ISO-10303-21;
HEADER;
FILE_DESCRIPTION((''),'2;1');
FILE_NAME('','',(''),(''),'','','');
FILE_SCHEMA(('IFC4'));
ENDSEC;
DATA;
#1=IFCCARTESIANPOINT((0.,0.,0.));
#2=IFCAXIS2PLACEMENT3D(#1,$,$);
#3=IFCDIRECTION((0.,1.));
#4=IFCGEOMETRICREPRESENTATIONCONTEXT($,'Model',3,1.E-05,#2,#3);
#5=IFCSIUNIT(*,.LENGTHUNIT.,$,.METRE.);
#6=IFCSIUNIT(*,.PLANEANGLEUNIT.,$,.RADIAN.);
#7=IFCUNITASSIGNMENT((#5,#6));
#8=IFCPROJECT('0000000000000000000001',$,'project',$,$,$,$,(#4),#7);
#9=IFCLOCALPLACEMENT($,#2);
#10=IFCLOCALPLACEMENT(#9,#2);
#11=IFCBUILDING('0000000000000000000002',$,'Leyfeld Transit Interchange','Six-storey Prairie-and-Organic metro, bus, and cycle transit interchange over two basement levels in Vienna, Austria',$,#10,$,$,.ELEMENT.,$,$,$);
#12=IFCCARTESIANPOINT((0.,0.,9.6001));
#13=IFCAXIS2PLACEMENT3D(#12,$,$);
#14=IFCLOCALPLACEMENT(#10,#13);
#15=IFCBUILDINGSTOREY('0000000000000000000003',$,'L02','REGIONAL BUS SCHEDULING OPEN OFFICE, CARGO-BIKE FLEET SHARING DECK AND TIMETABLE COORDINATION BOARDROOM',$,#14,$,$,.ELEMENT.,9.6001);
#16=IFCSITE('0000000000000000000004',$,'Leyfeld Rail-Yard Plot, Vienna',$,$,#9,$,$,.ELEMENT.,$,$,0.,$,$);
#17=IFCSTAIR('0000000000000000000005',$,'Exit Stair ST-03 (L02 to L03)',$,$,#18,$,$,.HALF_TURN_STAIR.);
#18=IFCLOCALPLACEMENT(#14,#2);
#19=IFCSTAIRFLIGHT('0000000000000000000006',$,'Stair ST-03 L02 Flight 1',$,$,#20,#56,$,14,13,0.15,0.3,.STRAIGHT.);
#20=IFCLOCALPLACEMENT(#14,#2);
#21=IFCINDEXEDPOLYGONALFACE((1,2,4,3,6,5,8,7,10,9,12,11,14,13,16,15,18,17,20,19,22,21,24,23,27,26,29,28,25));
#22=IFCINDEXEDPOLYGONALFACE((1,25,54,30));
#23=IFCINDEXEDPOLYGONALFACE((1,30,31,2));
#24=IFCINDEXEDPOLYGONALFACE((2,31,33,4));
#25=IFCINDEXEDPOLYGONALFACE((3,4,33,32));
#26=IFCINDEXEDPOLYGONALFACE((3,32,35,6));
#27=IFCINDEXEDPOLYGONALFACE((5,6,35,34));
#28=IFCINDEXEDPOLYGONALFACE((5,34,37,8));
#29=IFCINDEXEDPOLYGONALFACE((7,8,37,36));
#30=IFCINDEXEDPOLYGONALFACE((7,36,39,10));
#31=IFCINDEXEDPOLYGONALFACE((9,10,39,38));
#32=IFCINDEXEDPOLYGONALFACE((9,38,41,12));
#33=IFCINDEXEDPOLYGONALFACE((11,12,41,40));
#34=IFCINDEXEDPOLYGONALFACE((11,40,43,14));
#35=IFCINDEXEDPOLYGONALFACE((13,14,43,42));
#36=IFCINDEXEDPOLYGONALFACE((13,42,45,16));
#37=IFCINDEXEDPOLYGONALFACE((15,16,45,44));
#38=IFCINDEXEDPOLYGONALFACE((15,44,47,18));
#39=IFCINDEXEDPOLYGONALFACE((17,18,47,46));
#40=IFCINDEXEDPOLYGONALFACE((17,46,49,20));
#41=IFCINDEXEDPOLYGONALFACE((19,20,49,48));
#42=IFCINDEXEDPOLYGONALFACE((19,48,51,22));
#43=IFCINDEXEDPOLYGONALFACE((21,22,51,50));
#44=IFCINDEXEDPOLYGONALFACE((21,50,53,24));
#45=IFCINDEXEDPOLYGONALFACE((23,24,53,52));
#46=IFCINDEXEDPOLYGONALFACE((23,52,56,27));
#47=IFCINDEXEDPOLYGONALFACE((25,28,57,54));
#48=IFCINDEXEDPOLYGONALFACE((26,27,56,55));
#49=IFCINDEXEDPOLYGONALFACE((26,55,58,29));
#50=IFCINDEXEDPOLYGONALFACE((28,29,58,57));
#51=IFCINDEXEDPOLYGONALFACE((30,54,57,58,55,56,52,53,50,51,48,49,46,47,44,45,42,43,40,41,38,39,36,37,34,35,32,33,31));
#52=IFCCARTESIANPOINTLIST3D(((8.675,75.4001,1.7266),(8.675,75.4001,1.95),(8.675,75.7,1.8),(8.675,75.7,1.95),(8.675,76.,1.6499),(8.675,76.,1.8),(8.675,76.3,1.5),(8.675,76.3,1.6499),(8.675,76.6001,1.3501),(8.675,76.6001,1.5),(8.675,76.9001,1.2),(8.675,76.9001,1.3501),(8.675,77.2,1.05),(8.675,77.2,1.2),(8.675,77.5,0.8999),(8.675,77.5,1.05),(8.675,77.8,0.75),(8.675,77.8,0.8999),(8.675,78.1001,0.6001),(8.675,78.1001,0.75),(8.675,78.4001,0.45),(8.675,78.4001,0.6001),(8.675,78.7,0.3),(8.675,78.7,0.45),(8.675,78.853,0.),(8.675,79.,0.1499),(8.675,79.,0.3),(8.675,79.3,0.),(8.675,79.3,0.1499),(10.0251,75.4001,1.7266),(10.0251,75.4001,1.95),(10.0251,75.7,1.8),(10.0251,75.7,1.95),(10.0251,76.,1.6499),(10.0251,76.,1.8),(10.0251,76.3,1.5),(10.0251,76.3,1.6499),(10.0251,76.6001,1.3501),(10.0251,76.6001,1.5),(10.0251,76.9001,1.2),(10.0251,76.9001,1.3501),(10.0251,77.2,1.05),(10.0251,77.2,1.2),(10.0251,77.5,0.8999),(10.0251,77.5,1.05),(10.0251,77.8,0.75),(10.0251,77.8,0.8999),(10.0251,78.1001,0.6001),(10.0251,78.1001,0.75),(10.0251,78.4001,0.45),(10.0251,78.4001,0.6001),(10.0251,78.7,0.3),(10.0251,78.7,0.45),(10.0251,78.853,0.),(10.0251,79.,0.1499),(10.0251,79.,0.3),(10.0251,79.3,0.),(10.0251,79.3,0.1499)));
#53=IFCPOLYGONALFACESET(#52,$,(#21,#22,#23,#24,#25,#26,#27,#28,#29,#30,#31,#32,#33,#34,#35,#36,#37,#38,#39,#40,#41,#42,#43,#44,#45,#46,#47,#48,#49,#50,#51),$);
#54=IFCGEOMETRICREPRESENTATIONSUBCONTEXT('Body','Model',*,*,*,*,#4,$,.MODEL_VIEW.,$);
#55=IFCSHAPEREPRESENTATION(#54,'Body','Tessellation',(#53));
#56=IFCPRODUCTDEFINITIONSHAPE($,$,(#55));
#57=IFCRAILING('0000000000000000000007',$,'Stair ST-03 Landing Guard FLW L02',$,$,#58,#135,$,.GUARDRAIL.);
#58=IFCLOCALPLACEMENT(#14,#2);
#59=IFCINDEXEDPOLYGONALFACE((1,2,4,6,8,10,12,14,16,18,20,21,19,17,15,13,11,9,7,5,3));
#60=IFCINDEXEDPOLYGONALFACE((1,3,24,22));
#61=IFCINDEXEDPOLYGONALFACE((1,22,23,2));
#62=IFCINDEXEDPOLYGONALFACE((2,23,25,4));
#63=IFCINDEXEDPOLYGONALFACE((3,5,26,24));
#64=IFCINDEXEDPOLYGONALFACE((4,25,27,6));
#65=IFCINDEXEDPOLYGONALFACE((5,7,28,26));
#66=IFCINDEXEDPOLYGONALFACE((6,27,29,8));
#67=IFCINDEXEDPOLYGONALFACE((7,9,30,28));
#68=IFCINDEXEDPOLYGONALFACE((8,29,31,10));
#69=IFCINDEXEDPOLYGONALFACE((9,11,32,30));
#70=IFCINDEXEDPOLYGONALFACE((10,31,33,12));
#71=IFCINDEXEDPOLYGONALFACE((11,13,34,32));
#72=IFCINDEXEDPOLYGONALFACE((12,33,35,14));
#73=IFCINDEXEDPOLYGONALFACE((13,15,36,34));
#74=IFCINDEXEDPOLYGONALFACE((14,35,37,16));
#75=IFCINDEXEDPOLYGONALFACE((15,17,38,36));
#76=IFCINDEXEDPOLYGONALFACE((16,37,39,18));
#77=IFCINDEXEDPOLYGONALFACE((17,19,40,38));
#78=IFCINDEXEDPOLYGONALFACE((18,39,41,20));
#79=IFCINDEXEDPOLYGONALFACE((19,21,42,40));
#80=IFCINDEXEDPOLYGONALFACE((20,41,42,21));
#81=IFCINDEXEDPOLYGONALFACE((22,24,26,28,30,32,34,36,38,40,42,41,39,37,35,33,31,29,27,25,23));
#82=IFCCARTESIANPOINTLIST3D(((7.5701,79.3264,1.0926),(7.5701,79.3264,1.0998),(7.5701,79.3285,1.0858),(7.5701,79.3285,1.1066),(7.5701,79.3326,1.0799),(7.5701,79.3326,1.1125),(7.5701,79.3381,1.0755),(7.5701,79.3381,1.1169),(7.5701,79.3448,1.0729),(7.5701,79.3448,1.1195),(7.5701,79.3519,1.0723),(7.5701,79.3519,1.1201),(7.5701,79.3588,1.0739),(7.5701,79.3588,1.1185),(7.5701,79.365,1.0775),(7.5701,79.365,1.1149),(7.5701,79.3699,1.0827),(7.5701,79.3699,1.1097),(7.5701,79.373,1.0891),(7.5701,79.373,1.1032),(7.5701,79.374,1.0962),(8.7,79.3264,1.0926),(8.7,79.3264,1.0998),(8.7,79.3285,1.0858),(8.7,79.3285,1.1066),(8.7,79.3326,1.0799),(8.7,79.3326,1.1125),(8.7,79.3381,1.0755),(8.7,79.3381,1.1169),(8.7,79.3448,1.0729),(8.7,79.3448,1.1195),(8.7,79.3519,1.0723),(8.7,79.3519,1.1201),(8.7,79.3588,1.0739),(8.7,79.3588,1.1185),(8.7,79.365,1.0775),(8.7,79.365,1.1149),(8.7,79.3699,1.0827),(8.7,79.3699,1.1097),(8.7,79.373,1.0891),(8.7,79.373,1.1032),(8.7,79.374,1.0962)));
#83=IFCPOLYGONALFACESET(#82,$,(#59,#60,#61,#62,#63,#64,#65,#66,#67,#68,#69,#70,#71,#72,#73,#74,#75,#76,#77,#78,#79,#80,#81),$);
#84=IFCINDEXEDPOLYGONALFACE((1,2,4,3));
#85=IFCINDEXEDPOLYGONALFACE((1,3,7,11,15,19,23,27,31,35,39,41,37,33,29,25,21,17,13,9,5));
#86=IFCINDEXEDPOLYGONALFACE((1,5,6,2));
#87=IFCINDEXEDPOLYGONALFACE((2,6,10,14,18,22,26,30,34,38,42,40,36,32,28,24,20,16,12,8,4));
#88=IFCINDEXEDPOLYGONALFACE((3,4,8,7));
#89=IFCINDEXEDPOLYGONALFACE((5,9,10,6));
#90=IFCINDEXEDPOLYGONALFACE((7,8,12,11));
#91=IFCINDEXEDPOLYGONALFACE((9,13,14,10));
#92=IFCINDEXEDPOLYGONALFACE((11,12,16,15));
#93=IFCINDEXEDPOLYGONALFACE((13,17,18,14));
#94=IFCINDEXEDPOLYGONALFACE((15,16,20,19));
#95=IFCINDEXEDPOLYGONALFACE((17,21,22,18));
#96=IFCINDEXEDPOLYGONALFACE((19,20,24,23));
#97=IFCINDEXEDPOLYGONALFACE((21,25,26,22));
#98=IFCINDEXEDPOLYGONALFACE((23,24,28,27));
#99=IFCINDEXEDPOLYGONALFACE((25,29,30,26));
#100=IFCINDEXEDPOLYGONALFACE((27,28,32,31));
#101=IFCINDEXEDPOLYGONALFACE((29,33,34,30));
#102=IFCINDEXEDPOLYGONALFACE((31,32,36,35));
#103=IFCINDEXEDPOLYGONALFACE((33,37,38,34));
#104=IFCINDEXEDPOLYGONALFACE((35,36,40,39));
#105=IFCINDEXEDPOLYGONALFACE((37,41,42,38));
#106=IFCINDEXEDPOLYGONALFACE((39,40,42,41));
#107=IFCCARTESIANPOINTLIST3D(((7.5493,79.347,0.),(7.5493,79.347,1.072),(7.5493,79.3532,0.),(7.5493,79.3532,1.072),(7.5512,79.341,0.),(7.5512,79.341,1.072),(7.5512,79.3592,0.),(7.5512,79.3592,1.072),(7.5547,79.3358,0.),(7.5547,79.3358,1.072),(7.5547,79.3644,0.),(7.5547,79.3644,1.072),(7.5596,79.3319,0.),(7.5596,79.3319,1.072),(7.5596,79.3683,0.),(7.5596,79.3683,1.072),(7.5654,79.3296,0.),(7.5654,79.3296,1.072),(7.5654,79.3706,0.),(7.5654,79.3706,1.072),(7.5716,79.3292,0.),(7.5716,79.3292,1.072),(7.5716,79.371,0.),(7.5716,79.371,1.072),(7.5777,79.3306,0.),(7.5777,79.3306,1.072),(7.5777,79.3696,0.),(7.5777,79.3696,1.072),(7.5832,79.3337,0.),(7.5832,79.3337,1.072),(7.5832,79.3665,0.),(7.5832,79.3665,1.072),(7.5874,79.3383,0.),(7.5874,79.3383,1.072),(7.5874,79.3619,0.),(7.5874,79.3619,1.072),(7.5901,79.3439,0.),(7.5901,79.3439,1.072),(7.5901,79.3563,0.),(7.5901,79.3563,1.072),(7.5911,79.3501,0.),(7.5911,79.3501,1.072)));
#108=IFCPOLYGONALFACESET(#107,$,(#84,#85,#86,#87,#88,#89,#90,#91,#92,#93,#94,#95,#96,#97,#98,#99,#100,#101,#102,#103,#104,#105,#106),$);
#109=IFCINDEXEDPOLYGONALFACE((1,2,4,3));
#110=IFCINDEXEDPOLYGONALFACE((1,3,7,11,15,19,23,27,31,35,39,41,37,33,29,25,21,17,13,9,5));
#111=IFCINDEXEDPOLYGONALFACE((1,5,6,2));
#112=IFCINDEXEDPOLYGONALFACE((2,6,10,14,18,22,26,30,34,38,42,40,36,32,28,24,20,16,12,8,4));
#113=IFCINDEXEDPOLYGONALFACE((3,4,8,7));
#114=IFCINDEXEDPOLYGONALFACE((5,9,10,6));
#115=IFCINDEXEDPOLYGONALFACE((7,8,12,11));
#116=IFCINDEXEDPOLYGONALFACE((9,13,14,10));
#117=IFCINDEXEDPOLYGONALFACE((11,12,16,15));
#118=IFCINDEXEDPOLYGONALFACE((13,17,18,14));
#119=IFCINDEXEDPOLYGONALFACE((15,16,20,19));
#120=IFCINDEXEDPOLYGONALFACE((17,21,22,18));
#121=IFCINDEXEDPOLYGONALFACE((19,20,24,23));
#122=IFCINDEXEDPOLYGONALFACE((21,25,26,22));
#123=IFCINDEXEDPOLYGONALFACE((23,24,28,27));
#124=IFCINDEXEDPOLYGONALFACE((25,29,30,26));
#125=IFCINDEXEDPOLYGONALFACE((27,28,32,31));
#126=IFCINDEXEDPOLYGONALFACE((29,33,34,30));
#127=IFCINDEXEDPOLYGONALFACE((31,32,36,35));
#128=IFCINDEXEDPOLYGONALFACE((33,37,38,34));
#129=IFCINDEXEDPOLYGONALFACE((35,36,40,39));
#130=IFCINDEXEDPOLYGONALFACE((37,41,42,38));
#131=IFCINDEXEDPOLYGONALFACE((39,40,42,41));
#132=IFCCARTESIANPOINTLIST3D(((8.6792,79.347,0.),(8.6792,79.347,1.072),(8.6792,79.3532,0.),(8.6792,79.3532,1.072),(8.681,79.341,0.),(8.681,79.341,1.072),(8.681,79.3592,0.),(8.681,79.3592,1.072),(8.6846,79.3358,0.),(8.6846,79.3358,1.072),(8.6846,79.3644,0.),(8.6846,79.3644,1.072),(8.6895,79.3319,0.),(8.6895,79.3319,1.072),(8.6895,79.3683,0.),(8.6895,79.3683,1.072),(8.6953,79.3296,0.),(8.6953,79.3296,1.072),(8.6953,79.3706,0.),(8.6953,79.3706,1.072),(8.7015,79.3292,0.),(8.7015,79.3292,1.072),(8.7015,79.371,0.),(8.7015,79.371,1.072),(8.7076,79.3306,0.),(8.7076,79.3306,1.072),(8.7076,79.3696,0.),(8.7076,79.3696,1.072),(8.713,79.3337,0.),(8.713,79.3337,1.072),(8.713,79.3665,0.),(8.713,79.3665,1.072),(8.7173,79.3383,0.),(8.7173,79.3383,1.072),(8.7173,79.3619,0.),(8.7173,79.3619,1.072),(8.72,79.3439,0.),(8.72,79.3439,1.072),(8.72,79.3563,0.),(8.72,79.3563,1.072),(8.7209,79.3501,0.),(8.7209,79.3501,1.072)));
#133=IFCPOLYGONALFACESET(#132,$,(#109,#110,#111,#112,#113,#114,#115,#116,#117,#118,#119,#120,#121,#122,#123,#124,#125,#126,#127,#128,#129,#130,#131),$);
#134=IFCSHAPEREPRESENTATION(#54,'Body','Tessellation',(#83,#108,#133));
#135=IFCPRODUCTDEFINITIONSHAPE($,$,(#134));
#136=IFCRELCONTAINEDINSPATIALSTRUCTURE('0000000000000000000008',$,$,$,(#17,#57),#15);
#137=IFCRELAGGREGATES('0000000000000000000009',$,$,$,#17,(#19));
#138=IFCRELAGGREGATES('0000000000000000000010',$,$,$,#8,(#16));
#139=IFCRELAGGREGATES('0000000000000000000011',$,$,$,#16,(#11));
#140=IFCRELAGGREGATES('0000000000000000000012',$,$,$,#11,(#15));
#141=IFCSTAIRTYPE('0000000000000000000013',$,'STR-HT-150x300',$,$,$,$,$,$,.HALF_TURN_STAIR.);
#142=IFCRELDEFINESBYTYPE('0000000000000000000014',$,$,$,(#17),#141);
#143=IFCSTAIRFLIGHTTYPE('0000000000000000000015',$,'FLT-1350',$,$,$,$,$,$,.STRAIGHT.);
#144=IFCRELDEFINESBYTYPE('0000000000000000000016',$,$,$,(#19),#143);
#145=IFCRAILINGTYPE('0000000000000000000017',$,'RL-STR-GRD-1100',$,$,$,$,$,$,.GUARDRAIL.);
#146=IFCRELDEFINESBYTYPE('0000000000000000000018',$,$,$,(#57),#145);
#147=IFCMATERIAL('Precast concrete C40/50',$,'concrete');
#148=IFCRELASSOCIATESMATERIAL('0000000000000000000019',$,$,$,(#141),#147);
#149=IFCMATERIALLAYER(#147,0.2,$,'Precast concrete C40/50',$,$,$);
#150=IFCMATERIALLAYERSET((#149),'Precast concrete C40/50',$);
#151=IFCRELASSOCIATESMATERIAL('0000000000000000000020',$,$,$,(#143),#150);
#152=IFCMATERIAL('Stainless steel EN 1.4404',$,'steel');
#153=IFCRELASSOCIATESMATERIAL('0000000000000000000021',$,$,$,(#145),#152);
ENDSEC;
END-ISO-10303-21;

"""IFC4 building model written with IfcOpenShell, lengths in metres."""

from ifc_helpers import new_model, si_unit, direction, frame, origin, origin_2d, place, context, subcontext, project, spatial, polyline, circle, outline, extrude, material, layer, layer_set, type_object, element, aggregate, save


model = new_model("IFC4")

# Units and contexts
model_context = context("Model", 3, precision=1e-05, world=origin(), true_north=direction((0.0, 1.0)))
body_context = subcontext(model_context, "Body", "Model", "MODEL_VIEW")
ifc_project = project(units=[si_unit("LENGTHUNIT", "METRE"), si_unit("PLANEANGLEUNIT", "RADIAN")], contexts=[model_context])

# Site, building, storey
site_placement = place(None, origin())
site = spatial("IfcSite", under=ifc_project, at=site_placement, Name="Leyfeld Rail-Yard Plot, Vienna", CompositionType="ELEMENT", RefElevation=0.0)
building_placement = place(site_placement, origin())
building = spatial("IfcBuilding", under=site, at=building_placement, Name="Leyfeld Transit Interchange", Description="Six-storey Prairie-and-Organic metro, bus, and cycle transit interchange over two basement levels in Vienna, Austria", CompositionType="ELEMENT")
storey_placement = place(building_placement, frame((0.0, 0.0, 9.6001)))
storey = spatial("IfcBuildingStorey", under=building, at=storey_placement, Name="L02", Description="REGIONAL BUS SCHEDULING OPEN OFFICE, CARGO-BIKE FLEET SHARING DECK AND TIMETABLE COORDINATION BOARDROOM", CompositionType="ELEMENT", Elevation=9.6001)

# Shared definitions
ifc_material_1 = material(Name="Stainless steel EN 1.4404", Category="steel")

# Stair, stair flight
ifc_material_2 = material(Name="Precast concrete C40/50", Category="concrete")
stair_type = type_object("IfcStairType", Name="STR-HT-150x300", PredefinedType="HALF_TURN_STAIR", material=ifc_material_2)
stair_placement = place(storey_placement, origin())
stair = element("IfcStair", 1, at=stair_placement, inside=storey, type_object=stair_type, Name="Exit Stair ST-03 (L02 to L03)", PredefinedType="HALF_TURN_STAIR")
ifc_layer_1 = layer(ifc_material_2, 0.2, Name="Precast concrete C40/50")
ifc_layer_set_1 = layer_set([ifc_layer_1], Name="Precast concrete C40/50")
stair_flight_type = type_object("IfcStairFlightType", Name="FLT-1350", PredefinedType="STRAIGHT", material=ifc_layer_set_1)
stair_flight_placement = place(storey_placement, frame((9.3501, 79.3, 0.0), z_axis=(0.0, 0.0, 1.0), x_axis=(0.0, -1.0, 0.0)))
stair_flight = element("IfcStairFlight", 2, at=stair_flight_placement, type_object=stair_flight_type, Name="Stair ST-03 L02 Flight 1", NumberOfRisers=14, NumberOfTreads=13, PredefinedType="STRAIGHT", RiserHeight=0.15, TreadLength=0.3, context=body_context, shape_type="SweptSolid", body=[
    extrude(outline(polyline([(0.0, 0.0), (0.0, 0.1499), (0.3, 0.1499), (0.3, 0.3), (0.6001, 0.3), (0.6001, 0.45), (0.8999, 0.45), (0.8999, 0.6001), (1.2, 0.6001), (1.2, 0.75), (1.5, 0.75), (1.5, 0.8999), (1.8, 0.8999), (1.8, 1.05), (2.1001, 1.05), (2.1001, 1.2), (2.3999, 1.2), (2.3999, 1.3501), (2.7, 1.3501), (2.7, 1.5), (3.0, 1.5), (3.0, 1.6499), (3.3, 1.6499), (3.3, 1.8), (3.6001, 1.8), (3.6001, 1.95), (3.8999, 1.95), (3.8999, 2.1001), (3.8999, 1.7266), (0.447, 0.0), (0.0, 0.0)])), frame((0.0, 0.675, 0.0), z_axis=(0.0, -1.0, 0.0), x_axis=(1.0, 0.0, 0.0)), (0.0, 0.0, 1.0), 1.3501),
])
aggregate(stair, [stair_flight])

# Railing
railing_type_1 = type_object("IfcRailingType", Name="RL-STR-GRD-1100", PredefinedType="GUARDRAIL", material=ifc_material_1)
railing_1_placement = place(storey_placement, frame((7.5701, 79.3501, 0.0)))
element("IfcRailing", 3, at=railing_1_placement, inside=storey, type_object=railing_type_1, Name="Stair ST-03 Landing Guard FLW L02", PredefinedType="GUARDRAIL", context=body_context, shape_type="SweptSolid", body=[
    extrude(circle(Radius=0.0239, at=origin_2d()), frame((0.0, 0.0, 1.0962), z_axis=(1.0, 0.0, 0.0), x_axis=(0.0, 1.0, 0.0)), (0.0, 0.0, 1.0), 1.1299),
    extrude(circle(Radius=0.021, at=origin_2d()), origin(), (0.0, 0.0, 1.0), 1.072),
    extrude(circle(Radius=0.021, at=origin_2d()), frame((1.1299, 0.0, 0.0)), (0.0, 0.0, 1.0), 1.072),
])

save(model, "model.ifc")
